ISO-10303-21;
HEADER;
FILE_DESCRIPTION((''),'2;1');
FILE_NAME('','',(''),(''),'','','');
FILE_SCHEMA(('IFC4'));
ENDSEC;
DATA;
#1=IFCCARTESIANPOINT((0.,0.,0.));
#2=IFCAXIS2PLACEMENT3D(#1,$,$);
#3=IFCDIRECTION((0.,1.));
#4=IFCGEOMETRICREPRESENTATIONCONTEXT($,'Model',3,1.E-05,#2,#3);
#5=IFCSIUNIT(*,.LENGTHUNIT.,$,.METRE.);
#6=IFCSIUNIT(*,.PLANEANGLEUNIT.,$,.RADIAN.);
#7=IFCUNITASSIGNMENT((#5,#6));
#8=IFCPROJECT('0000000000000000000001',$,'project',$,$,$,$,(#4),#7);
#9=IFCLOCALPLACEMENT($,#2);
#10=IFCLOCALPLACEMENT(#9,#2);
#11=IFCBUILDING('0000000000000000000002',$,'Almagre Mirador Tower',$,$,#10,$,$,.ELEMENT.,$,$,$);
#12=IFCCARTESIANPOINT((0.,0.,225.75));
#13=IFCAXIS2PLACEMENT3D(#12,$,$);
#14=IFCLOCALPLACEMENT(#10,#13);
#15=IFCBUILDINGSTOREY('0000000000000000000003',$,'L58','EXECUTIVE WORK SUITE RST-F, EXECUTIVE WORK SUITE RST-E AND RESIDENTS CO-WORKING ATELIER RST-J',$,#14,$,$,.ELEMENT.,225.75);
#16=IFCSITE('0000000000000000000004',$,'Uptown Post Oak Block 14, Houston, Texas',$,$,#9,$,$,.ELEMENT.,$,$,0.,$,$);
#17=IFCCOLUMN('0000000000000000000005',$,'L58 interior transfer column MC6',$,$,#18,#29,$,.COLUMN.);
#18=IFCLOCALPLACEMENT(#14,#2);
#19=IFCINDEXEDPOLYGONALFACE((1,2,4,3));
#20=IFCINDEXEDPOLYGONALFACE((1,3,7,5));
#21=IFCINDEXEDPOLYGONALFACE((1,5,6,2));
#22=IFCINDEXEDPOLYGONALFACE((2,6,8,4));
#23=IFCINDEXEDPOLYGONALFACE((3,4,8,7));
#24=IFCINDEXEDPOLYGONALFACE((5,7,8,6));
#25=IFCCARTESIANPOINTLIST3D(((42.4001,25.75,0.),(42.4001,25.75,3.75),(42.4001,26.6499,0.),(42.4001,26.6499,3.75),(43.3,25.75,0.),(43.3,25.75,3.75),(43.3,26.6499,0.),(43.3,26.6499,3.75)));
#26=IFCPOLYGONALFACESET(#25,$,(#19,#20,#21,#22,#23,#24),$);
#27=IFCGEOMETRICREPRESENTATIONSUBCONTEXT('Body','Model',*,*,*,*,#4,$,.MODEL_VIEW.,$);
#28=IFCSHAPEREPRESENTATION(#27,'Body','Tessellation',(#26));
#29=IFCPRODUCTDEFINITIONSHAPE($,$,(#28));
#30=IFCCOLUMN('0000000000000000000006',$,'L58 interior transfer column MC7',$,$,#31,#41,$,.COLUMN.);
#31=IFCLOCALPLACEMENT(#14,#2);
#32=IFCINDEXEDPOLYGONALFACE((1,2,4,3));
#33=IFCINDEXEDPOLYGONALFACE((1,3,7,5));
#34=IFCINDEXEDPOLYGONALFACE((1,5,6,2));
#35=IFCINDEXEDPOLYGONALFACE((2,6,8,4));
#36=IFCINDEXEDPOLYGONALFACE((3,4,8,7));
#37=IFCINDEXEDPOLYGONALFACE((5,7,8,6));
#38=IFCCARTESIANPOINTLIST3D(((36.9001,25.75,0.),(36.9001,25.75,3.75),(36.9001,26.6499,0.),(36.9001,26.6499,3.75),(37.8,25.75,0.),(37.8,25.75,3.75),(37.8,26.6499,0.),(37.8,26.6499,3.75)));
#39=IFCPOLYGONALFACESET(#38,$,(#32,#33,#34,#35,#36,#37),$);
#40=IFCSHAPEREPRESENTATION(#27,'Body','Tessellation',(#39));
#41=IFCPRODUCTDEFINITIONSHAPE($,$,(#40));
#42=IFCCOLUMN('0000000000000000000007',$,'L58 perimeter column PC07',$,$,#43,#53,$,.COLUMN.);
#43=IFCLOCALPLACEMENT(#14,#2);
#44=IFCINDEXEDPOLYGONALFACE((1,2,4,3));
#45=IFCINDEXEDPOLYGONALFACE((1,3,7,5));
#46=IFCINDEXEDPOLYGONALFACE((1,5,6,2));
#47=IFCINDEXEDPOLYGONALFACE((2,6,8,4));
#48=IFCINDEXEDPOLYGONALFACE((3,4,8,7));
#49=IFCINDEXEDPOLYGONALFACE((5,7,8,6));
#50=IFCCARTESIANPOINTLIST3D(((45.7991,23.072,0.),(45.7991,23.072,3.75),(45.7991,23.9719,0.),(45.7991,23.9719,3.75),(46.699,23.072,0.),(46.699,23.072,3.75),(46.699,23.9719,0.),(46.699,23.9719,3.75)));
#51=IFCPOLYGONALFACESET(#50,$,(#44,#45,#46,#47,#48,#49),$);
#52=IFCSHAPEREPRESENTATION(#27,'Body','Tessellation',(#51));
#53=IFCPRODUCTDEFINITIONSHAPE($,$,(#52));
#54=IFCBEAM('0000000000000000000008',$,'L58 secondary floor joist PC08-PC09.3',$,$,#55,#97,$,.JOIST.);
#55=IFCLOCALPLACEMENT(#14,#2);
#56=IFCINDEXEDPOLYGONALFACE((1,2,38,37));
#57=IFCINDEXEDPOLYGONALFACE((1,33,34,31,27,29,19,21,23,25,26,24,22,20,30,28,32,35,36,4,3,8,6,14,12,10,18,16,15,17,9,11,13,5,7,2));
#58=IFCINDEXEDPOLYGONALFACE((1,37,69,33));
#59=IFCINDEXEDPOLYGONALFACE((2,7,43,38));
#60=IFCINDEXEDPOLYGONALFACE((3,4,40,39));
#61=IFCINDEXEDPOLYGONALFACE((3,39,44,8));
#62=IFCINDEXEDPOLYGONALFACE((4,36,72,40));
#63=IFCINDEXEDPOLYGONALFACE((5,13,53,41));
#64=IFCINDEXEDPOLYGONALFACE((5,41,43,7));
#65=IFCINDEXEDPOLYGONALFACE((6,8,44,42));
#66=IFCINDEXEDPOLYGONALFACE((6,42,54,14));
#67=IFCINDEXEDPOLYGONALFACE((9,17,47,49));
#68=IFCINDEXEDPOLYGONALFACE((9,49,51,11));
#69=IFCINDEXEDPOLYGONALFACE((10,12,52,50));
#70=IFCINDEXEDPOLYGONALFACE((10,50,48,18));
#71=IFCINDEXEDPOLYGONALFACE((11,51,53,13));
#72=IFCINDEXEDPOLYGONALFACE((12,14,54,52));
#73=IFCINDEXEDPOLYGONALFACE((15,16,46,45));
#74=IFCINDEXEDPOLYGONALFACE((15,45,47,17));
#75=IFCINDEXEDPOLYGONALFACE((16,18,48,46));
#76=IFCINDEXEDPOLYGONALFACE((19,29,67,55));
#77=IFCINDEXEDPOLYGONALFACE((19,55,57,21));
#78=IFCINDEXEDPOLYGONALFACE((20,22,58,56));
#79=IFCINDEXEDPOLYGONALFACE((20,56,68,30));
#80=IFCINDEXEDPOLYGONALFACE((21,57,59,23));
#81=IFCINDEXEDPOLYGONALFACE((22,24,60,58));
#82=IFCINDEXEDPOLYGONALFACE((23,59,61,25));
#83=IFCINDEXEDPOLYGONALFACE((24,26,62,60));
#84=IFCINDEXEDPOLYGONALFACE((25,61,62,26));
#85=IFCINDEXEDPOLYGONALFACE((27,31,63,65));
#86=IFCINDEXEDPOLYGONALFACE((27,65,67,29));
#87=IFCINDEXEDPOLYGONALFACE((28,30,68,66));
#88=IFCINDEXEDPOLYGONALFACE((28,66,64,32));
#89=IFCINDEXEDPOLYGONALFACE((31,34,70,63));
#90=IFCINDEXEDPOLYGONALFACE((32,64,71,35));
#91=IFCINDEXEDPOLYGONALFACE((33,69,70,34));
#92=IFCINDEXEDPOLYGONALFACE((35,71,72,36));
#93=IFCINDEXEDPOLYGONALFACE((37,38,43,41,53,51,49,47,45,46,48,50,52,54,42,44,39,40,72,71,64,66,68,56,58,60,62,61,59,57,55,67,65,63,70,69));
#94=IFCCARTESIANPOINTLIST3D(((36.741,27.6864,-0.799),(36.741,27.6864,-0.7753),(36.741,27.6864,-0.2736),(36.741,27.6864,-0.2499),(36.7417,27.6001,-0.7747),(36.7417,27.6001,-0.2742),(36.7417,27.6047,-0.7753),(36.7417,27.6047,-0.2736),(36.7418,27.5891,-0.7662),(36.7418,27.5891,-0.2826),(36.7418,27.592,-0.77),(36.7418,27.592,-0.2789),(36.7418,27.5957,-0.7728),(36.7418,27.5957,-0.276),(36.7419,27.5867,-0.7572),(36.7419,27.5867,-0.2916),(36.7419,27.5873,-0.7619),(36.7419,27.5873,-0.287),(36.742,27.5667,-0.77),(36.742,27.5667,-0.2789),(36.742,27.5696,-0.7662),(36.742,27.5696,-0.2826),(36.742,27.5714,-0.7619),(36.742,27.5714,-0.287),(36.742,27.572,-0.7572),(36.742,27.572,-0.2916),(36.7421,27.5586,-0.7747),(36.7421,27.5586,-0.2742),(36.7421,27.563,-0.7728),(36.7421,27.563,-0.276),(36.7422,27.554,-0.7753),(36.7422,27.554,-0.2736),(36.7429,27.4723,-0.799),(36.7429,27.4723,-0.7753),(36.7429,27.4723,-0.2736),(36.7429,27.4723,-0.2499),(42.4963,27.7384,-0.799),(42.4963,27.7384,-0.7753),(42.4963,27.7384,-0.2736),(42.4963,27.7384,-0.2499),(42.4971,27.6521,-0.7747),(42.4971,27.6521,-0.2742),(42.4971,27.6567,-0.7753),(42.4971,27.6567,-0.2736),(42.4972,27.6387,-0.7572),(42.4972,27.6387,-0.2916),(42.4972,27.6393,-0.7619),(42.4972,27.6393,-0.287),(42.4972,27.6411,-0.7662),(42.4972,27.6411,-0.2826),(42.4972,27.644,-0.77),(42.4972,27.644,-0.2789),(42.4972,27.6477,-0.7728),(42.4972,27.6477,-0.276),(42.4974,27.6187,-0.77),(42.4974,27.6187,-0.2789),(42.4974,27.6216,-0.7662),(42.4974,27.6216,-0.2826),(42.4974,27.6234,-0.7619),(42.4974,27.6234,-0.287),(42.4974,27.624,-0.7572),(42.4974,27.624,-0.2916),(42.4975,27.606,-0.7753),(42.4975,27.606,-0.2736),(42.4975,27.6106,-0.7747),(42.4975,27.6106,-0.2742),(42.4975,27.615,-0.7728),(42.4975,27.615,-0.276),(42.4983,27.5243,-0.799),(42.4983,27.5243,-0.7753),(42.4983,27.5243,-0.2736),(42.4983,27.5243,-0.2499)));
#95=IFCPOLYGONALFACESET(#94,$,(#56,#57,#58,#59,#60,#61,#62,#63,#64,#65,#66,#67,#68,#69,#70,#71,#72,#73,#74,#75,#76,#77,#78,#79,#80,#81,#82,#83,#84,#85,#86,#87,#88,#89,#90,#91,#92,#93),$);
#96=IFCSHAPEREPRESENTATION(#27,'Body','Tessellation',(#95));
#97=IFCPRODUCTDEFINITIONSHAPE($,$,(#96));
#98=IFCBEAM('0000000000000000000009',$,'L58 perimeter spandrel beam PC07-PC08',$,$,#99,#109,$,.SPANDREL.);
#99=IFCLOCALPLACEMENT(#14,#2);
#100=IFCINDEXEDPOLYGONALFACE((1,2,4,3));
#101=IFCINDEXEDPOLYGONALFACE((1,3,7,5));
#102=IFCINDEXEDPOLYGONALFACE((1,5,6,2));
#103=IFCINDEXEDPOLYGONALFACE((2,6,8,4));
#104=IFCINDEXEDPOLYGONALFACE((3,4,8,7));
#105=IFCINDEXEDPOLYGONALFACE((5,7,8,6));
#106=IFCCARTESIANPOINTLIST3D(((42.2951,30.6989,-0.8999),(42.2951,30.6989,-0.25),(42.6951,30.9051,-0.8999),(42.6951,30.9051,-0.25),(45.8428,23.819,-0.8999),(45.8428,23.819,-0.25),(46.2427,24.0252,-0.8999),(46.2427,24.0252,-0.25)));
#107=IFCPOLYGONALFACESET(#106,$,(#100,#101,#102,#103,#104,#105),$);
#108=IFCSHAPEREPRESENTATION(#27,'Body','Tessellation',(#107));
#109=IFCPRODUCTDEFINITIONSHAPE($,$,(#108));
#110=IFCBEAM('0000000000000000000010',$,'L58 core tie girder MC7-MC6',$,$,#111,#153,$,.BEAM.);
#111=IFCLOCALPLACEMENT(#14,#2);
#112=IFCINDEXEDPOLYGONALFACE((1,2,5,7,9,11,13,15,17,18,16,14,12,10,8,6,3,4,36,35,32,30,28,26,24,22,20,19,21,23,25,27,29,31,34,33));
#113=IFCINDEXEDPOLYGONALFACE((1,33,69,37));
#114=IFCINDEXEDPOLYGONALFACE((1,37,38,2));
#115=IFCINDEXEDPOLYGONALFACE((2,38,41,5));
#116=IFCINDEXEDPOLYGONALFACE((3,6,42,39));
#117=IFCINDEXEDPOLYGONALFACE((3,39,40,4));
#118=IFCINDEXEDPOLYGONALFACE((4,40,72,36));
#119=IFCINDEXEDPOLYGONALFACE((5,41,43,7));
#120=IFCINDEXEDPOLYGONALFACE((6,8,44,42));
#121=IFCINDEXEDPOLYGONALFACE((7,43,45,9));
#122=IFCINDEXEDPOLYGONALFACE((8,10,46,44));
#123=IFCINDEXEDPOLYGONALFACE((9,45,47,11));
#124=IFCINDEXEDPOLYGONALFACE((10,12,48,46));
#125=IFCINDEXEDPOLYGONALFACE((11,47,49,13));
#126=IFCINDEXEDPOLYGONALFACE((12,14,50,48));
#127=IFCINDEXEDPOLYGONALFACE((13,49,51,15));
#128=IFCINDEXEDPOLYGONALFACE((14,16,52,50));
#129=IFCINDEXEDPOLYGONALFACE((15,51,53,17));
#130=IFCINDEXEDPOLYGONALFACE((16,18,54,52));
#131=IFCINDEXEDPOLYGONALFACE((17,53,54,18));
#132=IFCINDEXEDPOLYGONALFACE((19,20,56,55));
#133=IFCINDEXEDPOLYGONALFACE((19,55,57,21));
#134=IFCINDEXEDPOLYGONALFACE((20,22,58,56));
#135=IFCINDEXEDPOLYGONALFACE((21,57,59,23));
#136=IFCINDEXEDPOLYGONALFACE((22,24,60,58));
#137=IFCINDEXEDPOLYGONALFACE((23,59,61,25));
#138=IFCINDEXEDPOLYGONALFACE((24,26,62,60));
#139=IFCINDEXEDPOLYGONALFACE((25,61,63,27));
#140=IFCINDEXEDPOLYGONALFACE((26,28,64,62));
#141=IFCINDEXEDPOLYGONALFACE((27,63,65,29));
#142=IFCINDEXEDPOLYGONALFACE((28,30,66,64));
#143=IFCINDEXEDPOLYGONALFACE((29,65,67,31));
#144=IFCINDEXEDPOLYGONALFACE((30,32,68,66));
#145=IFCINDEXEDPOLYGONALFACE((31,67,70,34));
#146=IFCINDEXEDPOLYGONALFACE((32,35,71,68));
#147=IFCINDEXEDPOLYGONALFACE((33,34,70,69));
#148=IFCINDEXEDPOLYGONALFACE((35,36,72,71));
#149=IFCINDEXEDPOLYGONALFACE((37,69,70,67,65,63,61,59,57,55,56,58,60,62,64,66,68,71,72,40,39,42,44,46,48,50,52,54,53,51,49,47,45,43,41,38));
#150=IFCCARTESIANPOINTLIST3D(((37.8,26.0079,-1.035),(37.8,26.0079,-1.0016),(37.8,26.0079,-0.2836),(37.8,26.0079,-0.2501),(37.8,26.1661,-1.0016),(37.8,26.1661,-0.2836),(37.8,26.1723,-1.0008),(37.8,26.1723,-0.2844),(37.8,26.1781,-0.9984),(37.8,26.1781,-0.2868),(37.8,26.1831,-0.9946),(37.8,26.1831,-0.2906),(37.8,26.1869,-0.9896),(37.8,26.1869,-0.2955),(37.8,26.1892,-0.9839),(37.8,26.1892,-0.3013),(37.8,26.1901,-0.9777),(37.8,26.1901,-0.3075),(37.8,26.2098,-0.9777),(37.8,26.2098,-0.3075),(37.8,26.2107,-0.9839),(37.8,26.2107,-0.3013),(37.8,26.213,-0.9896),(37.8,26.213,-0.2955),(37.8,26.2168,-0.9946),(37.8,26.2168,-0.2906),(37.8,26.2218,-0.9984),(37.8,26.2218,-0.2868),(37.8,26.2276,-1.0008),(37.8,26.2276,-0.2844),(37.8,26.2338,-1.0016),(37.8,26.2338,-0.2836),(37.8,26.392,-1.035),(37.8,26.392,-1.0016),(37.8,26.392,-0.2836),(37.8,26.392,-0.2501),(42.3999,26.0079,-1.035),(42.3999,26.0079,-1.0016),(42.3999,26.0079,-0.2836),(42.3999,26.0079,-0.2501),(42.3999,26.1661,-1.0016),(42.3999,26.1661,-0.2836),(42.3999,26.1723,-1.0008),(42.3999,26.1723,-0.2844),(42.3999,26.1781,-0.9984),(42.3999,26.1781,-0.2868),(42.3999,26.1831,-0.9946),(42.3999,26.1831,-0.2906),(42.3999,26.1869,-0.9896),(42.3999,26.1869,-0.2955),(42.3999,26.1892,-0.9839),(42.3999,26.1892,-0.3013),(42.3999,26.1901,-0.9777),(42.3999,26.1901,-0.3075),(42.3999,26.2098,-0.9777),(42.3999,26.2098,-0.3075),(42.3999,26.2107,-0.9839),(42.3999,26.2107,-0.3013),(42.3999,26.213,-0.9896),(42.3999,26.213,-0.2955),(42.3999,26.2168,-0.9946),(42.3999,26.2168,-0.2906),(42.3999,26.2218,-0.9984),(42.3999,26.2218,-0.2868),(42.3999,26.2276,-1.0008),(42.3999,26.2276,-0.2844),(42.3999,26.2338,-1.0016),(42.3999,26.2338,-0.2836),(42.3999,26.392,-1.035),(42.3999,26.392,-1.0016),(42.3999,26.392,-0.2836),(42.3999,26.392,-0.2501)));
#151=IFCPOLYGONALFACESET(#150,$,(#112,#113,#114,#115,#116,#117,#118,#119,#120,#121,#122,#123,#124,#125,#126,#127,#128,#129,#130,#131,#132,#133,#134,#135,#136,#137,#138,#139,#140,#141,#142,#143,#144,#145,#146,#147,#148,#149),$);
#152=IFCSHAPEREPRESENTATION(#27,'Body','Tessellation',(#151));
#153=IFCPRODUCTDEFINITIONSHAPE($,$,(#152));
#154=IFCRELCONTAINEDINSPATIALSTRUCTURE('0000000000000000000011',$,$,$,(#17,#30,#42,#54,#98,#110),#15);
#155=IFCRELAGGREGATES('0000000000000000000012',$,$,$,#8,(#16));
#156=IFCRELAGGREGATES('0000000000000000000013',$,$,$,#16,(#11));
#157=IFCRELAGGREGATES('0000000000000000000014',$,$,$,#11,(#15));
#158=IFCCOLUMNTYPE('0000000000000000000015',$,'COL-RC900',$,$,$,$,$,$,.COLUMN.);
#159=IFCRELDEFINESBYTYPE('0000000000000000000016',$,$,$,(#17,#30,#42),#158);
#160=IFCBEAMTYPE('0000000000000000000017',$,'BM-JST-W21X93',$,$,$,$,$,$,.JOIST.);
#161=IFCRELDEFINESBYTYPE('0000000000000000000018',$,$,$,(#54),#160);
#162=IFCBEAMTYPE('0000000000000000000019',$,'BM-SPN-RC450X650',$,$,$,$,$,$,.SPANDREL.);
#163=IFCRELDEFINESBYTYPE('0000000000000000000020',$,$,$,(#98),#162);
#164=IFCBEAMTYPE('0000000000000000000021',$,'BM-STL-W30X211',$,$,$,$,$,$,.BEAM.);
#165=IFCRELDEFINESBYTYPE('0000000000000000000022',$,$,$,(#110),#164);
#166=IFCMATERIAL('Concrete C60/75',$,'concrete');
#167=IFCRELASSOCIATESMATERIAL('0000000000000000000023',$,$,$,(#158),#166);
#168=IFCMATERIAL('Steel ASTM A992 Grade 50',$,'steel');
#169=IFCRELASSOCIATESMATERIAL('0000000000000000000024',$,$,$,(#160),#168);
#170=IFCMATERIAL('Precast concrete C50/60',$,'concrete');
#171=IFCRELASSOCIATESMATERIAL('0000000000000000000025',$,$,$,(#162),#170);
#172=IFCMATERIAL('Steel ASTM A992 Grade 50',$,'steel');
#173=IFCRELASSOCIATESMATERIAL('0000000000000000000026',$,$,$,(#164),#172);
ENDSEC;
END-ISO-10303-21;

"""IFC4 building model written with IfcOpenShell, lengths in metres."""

from ifc_helpers import new_model, si_unit, direction, frame, origin, origin_2d, place, context, subcontext, project, spatial, rectangle, i_section, extrude, material, material_profile, profile_set, type_object, element, save


model = new_model("IFC4")

# Units and contexts
model_context = context("Model", 3, precision=1e-05, world=origin(), true_north=direction((0.0, 1.0)))
body_context = subcontext(model_context, "Body", "Model", "MODEL_VIEW")
ifc_project = project(units=[si_unit("LENGTHUNIT", "METRE"), si_unit("PLANEANGLEUNIT", "RADIAN")], contexts=[model_context])

# Site, building, storey
site_placement = place(None, origin())
site = spatial("IfcSite", under=ifc_project, at=site_placement, Name="Uptown Post Oak Block 14, Houston, Texas", CompositionType="ELEMENT", RefElevation=0.0)
building_placement = place(site_placement, origin())
building = spatial("IfcBuilding", under=site, at=building_placement, Name="Almagre Mirador Tower", CompositionType="ELEMENT")
storey_placement = place(building_placement, frame((0.0, 0.0, 225.75)))
storey = spatial("IfcBuildingStorey", under=building, at=storey_placement, Name="L58", Description="EXECUTIVE WORK SUITE RST-F, EXECUTIVE WORK SUITE RST-E AND RESIDENTS CO-WORKING ATELIER RST-J", CompositionType="ELEMENT", Elevation=225.75)

# Columns
ifc_material_1 = material(Name="Concrete C60/75", Category="concrete")
ifc_material_profile_1 = material_profile(ifc_material_1, rectangle(XDim=0.8999, YDim=0.8999, at=origin_2d()), Name="RC900X900")
ifc_profile_set_1 = profile_set([ifc_material_profile_1], Name="Concrete C60/75")
column_type = type_object("IfcColumnType", Name="COL-RC900", PredefinedType="COLUMN", material=ifc_profile_set_1)
for number, where, z_axis, x_axis, name in (
    (1, (42.8501, 26.2, 0.0), (0.0, 0.0, 1.0), (1.0, 0.0, 0.0), "L58 interior transfer column MC6"),
    (2, (37.3501, 26.2, 0.0), (0.0, 0.0, 1.0), (1.0, 0.0, 0.0), "L58 interior transfer column MC7"),
    (3, (46.249, 23.522, 0.0), (0.0, 0.0, 1.0), (1.0, 0.0, 0.0), "L58 perimeter column PC07"),
):
    element("IfcColumn", number, at=place(storey_placement, frame(where, z_axis=z_axis, x_axis=x_axis)), inside=storey, type_object=column_type, Name=name, PredefinedType="COLUMN", context=body_context, shape_type="SweptSolid", body=[
        extrude(rectangle(XDim=0.8999, YDim=0.8999, at=origin_2d()), origin(), (0.0, 0.0, 1.0), 3.75),
    ])

# Beams
ifc_material_2 = material(Name="Steel ASTM A992 Grade 50", Category="steel")
ifc_material_profile_2 = material_profile(ifc_material_2, i_section(OverallWidth=0.2141, OverallDepth=0.5491, WebThickness=0.0146, FlangeThickness=0.0237, FilletRadius=0.0181, at=origin_2d()), Name="W21X93")
ifc_profile_set_2 = profile_set([ifc_material_profile_2], Name="Steel ASTM A992 Grade 50")
beam_type_1 = type_object("IfcBeamType", Name="BM-JST-W21X93", PredefinedType="JOIST", material=ifc_profile_set_2)
beam_1_placement = place(storey_placement, frame((42.4973, 27.6313, -0.5244), z_axis=(-0.999959, -0.009035, 0.0), x_axis=(0.009035, -0.999959, 0.0)))
element("IfcBeam", 4, at=beam_1_placement, inside=storey, type_object=beam_type_1, Name="L58 secondary floor joist PC08-PC09.3", PredefinedType="JOIST", context=body_context, shape_type="SweptSolid", body=[
    extrude(i_section(OverallWidth=0.2141, OverallDepth=0.5491, WebThickness=0.0146, FlangeThickness=0.0237, FilletRadius=0.0181, at=origin_2d()), origin(), (0.0, 0.0, 1.0), 5.7556),
])
ifc_material_3 = material(Name="Precast concrete C50/60", Category="concrete")
ifc_material_profile_3 = material_profile(ifc_material_3, rectangle(XDim=0.45, YDim=0.6499, at=origin_2d()), Name="RC450X650")
ifc_profile_set_3 = profile_set([ifc_material_profile_3], Name="Precast concrete C50/60")
beam_type_2 = type_object("IfcBeamType", Name="BM-SPN-RC450X650", PredefinedType="SPANDREL", material=ifc_profile_set_3)
beam_2_placement = place(storey_placement, frame((46.0427, 23.9221, -0.575), z_axis=(-0.458306, 0.888794, 0.0), x_axis=(-0.888794, -0.458306, 0.0)))
element("IfcBeam", 5, at=beam_2_placement, inside=storey, type_object=beam_type_2, Name="L58 perimeter spandrel beam PC07-PC08", PredefinedType="SPANDREL", context=body_context, shape_type="SweptSolid", body=[
    extrude(rectangle(XDim=0.45, YDim=0.6499, at=origin_2d()), origin(), (0.0, 0.0, 1.0), 7.7407),
])
ifc_material_4 = material(Name="Steel ASTM A992 Grade 50", Category="steel")
ifc_material_profile_4 = material_profile(ifc_material_4, i_section(OverallWidth=0.384, OverallDepth=0.7849, WebThickness=0.0198, FlangeThickness=0.0334, FilletRadius=0.0239, at=origin_2d()), Name="W30X211")
ifc_profile_set_4 = profile_set([ifc_material_profile_4], Name="Steel ASTM A992 Grade 50")
beam_type_3 = type_object("IfcBeamType", Name="BM-STL-W30X211", PredefinedType="BEAM", material=ifc_profile_set_4)
beam_3_placement = place(storey_placement, frame((37.8, 26.2, -0.6426), z_axis=(1.0, 0.0, 0.0), x_axis=(0.0, 1.0, 0.0)))
element("IfcBeam", 6, at=beam_3_placement, inside=storey, type_object=beam_type_3, Name="L58 core tie girder MC7-MC6", PredefinedType="BEAM", context=body_context, shape_type="SweptSolid", body=[
    extrude(i_section(OverallWidth=0.384, OverallDepth=0.7849, WebThickness=0.0198, FlangeThickness=0.0334, FilletRadius=0.0239, at=origin_2d()), origin(), (0.0, 0.0, 1.0), 4.5999),
])

save(model, "model.ifc")
